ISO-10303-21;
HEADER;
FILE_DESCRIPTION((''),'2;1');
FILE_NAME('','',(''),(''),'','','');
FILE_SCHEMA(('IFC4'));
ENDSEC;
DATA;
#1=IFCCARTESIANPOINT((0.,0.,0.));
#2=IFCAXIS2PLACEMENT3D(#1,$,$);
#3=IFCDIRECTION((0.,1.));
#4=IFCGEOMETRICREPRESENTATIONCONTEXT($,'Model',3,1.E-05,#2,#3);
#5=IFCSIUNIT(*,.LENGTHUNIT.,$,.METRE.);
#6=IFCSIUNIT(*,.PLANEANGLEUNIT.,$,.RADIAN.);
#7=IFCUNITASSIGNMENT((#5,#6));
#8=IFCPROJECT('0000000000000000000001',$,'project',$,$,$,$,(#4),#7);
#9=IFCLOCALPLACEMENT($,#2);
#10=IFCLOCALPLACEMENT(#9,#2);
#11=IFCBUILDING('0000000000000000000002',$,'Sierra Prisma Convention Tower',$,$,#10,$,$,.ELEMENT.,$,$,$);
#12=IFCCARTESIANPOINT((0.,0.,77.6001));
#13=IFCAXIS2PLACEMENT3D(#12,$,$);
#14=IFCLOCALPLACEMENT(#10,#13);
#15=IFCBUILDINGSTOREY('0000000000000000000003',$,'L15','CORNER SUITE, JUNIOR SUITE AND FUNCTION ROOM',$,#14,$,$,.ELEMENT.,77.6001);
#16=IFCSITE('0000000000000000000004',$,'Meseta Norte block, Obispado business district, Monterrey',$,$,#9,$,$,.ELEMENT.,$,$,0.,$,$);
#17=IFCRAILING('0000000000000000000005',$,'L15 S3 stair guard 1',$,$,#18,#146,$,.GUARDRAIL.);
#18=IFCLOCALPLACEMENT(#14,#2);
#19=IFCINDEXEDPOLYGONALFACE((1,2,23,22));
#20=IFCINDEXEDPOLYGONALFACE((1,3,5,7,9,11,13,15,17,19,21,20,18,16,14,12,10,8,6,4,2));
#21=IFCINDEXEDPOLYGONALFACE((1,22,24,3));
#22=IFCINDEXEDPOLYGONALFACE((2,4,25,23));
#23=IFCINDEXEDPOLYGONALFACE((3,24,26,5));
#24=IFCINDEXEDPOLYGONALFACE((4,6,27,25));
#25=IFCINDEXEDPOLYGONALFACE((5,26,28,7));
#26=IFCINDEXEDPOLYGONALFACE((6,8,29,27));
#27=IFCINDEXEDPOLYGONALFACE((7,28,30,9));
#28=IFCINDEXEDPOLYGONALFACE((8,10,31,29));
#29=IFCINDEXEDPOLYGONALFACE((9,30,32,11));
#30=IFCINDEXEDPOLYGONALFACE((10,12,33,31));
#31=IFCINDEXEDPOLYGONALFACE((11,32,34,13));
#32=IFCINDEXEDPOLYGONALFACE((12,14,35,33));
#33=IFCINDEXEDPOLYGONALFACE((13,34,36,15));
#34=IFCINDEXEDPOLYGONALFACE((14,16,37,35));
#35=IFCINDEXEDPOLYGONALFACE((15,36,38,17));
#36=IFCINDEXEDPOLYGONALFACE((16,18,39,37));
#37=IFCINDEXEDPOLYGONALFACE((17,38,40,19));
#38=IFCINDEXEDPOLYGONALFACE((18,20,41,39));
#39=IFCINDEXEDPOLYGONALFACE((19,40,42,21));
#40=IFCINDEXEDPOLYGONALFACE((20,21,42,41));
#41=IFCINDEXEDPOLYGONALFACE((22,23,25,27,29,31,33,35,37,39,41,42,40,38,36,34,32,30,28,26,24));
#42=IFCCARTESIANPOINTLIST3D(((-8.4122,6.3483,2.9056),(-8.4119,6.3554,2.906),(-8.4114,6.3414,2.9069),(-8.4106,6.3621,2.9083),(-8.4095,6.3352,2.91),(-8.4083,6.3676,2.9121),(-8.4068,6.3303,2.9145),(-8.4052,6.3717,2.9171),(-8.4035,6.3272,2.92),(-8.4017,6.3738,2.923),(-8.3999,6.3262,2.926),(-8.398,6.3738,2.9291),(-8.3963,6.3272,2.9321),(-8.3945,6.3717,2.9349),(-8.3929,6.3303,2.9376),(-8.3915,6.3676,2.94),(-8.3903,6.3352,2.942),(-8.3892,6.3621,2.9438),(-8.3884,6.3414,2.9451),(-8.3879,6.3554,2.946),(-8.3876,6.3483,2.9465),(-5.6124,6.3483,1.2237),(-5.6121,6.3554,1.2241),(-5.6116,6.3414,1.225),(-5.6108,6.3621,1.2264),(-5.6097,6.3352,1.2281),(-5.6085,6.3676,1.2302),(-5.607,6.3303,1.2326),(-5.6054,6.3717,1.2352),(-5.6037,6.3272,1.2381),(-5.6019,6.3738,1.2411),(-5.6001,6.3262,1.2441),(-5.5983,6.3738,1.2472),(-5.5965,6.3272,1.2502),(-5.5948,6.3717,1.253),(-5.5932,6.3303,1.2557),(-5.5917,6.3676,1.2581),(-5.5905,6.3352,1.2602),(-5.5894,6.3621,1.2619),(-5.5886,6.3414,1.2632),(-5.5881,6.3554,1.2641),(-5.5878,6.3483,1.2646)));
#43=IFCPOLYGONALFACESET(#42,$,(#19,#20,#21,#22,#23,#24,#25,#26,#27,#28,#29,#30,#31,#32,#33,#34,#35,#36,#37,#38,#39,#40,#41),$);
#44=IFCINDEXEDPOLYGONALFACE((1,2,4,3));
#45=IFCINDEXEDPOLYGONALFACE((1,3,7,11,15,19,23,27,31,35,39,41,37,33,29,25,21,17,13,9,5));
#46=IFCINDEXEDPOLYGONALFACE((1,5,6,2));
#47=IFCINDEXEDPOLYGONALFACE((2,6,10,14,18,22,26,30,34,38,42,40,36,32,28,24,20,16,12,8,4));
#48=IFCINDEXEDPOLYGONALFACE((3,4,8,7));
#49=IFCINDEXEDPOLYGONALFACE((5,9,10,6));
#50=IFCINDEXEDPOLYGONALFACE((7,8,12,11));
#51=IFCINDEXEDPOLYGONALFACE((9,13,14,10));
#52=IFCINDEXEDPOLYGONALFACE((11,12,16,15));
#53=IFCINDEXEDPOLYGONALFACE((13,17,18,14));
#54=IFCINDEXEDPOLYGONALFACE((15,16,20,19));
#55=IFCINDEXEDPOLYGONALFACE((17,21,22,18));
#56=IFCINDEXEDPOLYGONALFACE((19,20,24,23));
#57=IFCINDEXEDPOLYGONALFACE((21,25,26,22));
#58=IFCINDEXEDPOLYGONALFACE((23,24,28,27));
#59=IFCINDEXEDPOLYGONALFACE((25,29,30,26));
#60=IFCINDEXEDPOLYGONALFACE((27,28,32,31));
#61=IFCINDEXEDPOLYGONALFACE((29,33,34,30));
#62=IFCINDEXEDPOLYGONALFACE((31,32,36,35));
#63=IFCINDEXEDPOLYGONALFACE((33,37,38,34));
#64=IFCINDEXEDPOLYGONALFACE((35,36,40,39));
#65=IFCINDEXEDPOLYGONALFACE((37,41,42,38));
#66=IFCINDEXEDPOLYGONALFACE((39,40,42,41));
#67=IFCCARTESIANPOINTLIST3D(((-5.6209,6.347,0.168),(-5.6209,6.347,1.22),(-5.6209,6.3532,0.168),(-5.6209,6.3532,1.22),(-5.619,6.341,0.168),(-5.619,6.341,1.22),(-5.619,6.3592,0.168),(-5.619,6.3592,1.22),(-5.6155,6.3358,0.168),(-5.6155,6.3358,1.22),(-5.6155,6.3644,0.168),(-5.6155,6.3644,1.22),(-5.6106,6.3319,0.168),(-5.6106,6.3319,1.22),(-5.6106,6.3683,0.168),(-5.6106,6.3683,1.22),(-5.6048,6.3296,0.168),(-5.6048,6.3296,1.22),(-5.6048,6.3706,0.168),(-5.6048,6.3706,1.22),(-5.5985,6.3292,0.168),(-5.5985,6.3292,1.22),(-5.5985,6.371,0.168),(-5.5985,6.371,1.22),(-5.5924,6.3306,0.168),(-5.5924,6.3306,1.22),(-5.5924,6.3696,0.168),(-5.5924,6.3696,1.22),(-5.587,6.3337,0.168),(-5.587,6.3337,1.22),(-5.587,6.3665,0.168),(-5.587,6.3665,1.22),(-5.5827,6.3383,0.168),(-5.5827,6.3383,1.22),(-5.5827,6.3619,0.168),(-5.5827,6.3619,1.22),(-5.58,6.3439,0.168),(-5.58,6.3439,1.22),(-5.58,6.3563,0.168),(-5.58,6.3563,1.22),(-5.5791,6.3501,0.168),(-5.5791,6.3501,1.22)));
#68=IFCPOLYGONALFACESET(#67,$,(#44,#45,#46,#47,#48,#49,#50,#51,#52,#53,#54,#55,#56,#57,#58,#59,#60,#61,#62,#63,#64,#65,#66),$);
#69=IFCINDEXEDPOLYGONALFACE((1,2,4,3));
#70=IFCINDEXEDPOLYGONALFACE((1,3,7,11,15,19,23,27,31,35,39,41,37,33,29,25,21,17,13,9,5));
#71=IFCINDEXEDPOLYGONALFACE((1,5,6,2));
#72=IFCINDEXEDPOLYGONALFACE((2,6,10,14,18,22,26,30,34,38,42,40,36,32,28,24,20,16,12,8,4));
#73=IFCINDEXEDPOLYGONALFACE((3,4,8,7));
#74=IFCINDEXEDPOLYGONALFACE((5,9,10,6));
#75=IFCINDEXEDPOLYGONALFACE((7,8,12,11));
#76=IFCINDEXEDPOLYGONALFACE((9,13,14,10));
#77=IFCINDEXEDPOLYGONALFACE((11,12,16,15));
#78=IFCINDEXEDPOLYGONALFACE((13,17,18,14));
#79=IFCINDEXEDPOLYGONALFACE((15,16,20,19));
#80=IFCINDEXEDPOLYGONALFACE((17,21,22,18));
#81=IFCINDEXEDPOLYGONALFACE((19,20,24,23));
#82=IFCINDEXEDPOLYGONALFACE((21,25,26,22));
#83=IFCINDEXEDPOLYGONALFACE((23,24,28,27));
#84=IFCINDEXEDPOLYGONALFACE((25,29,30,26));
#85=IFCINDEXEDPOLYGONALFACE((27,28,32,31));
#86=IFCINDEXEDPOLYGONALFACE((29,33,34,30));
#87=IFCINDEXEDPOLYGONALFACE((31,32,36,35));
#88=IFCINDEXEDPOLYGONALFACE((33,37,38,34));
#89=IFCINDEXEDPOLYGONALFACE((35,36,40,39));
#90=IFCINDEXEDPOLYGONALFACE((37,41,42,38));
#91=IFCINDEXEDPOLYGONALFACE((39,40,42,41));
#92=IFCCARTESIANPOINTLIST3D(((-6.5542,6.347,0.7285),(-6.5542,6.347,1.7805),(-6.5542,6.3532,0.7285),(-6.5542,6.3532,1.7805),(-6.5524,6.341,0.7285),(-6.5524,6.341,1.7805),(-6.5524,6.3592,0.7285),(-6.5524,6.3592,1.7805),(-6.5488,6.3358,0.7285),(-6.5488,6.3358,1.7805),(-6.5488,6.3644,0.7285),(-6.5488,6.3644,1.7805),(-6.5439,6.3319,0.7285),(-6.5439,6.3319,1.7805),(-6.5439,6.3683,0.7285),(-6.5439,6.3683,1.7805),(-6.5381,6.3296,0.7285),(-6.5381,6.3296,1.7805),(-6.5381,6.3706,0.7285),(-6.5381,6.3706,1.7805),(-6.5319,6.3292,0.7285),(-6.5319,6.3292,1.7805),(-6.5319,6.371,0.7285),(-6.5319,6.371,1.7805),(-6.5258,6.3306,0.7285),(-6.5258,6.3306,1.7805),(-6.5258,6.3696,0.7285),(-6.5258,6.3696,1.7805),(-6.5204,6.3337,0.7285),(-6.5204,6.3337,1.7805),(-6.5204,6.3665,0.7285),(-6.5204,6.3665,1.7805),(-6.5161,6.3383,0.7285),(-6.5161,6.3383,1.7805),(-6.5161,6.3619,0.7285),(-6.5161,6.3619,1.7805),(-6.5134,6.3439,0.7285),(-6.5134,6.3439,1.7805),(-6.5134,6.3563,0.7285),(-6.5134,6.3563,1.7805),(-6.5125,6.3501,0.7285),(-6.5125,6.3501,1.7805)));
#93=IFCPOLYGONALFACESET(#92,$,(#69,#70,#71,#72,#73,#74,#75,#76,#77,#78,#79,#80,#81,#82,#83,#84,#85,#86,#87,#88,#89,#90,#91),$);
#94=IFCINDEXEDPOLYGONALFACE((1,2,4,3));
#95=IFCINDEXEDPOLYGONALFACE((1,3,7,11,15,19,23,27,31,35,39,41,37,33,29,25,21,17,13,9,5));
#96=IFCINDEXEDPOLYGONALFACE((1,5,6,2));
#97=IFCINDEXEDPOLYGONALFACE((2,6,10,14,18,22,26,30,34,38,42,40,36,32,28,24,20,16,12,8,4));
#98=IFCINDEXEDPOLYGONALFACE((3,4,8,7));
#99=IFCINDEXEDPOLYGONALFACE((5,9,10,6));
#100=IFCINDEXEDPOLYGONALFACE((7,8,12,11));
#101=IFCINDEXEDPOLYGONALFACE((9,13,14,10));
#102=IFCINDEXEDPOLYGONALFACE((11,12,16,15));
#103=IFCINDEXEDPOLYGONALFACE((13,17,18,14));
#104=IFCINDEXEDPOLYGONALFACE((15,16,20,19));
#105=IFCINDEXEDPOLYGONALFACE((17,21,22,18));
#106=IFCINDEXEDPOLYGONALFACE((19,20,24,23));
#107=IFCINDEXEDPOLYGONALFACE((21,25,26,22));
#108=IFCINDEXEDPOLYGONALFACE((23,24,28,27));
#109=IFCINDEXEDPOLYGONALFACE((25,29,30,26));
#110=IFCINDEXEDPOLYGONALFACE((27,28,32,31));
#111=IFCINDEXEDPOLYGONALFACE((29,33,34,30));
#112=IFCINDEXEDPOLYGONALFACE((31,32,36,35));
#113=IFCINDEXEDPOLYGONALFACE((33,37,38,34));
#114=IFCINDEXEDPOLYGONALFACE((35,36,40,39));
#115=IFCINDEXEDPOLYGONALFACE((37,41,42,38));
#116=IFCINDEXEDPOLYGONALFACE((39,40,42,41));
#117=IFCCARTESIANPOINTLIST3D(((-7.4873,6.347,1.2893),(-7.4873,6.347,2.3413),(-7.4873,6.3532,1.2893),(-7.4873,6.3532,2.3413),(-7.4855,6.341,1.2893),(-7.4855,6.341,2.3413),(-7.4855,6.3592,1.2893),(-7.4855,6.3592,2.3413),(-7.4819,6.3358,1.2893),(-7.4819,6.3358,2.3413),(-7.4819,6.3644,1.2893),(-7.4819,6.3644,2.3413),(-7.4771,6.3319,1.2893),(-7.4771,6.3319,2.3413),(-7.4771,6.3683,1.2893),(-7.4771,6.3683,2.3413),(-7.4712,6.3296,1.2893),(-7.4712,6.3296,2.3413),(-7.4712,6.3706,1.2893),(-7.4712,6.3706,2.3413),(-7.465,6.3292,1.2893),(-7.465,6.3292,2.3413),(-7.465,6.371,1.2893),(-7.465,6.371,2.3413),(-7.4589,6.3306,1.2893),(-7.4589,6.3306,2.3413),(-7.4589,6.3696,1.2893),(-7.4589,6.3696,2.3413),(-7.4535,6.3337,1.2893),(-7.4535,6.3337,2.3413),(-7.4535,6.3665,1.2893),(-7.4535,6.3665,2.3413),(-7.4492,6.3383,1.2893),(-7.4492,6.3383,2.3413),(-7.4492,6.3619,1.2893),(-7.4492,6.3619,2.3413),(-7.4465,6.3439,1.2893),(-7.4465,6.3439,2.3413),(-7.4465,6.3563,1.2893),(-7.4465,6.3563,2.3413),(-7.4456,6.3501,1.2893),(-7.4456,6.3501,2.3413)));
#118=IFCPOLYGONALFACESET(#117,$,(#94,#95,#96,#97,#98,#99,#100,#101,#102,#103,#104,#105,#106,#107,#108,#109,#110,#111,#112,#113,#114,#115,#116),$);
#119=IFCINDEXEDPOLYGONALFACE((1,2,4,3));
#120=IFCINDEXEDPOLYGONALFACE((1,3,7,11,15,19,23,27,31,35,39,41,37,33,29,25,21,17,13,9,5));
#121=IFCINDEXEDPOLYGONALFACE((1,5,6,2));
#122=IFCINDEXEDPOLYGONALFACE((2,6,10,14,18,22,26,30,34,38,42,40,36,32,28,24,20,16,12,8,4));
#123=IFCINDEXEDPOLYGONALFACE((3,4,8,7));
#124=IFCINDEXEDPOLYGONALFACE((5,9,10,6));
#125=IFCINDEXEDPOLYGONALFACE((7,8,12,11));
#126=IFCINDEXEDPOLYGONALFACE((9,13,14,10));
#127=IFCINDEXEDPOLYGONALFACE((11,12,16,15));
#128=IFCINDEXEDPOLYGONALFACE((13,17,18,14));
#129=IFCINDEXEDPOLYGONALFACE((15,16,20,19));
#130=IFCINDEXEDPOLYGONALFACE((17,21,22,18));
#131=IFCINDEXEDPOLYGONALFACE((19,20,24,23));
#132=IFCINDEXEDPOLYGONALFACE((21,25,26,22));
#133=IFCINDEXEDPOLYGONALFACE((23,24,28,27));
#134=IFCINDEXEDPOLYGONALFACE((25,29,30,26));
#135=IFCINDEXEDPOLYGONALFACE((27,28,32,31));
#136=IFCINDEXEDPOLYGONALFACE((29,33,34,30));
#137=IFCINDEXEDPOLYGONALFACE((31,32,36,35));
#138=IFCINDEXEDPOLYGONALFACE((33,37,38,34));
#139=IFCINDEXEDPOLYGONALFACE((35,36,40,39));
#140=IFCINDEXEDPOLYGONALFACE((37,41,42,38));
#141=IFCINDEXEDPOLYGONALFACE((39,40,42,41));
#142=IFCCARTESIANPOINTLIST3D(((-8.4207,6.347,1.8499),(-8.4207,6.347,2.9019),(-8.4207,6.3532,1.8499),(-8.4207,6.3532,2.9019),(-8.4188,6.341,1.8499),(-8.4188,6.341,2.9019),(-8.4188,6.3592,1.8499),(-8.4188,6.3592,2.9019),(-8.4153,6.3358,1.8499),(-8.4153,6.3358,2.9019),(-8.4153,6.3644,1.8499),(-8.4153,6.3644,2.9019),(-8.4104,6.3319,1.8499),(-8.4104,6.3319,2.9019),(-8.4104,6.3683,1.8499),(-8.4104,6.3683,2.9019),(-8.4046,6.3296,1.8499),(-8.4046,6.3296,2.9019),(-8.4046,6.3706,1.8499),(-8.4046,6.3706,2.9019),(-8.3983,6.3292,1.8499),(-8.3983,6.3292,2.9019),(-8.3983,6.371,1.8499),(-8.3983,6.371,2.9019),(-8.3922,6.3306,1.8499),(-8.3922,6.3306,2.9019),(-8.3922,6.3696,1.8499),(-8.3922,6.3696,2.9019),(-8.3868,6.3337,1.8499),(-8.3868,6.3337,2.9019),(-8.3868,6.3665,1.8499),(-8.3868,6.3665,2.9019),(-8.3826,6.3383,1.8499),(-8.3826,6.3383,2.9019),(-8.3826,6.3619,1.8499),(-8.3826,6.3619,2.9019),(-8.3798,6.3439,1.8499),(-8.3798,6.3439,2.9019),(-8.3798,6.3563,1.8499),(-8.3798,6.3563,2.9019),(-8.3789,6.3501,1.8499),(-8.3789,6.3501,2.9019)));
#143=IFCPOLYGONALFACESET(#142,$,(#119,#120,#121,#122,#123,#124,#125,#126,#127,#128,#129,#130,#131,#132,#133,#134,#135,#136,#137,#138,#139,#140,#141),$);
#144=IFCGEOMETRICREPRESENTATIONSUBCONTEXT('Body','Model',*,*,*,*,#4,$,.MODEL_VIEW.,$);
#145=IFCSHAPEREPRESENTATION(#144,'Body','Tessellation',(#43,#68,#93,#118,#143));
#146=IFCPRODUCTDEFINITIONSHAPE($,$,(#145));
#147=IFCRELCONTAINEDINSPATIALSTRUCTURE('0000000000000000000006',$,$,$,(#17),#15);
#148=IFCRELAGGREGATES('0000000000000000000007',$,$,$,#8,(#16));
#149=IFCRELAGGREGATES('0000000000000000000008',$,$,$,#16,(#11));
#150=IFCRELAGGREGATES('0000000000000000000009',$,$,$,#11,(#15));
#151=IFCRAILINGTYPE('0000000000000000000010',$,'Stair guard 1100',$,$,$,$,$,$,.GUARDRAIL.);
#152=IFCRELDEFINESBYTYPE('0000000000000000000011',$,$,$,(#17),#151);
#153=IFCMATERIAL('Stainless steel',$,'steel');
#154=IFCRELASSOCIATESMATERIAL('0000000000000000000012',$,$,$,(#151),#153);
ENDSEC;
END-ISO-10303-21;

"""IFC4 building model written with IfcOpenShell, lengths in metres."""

from ifc_helpers import new_model, si_unit, direction, frame, origin, origin_2d, place, context, subcontext, project, spatial, circle, extrude, material, type_object, element, save


model = new_model("IFC4")

# Units and contexts
model_context = context("Model", 3, precision=1e-05, world=origin(), true_north=direction((0.0, 1.0)))
body_context = subcontext(model_context, "Body", "Model", "MODEL_VIEW")
ifc_project = project(units=[si_unit("LENGTHUNIT", "METRE"), si_unit("PLANEANGLEUNIT", "RADIAN")], contexts=[model_context])

# Site, building, storey
site_placement = place(None, origin())
site = spatial("IfcSite", under=ifc_project, at=site_placement, Name="Meseta Norte block, Obispado business district, Monterrey", CompositionType="ELEMENT", RefElevation=0.0)
building_placement = place(site_placement, origin())
building = spatial("IfcBuilding", under=site, at=building_placement, Name="Sierra Prisma Convention Tower", CompositionType="ELEMENT")
storey_placement = place(building_placement, frame((0.0, 0.0, 77.6001)))
storey = spatial("IfcBuildingStorey", under=building, at=storey_placement, Name="L15", Description="CORNER SUITE, JUNIOR SUITE AND FUNCTION ROOM", CompositionType="ELEMENT", Elevation=77.6001)

# Railing
ifc_material_1 = material(Name="Stainless steel", Category="steel")
railing_type_1 = type_object("IfcRailingType", Name="Stair guard 1100", PredefinedType="GUARDRAIL", material=ifc_material_1)
railing_1_placement = place(storey_placement, frame((-5.6001, 6.3501, 0.168)))
element("IfcRailing", 1, at=railing_1_placement, inside=storey, type_object=railing_type_1, Name="L15 S3 stair guard 1", PredefinedType="GUARDRAIL", context=body_context, shape_type="SweptSolid", body=[
    extrude(circle(Radius=0.0239, at=origin_2d()), frame((0.0, 0.0, 1.0762), z_axis=(-0.857222, 0.0, 0.514946), x_axis=(0.0, -1.0, 0.0)), (0.0, 0.0, 1.0), 3.2661),
    extrude(circle(Radius=0.021, at=origin_2d()), origin(), (0.0, 0.0, 1.0), 1.052),
    extrude(circle(Radius=0.021, at=origin_2d()), frame((-0.9333, 0.0, 0.5605)), (0.0, 0.0, 1.0), 1.052),
    extrude(circle(Radius=0.021, at=origin_2d()), frame((-1.8665, 0.0, 1.1213)), (0.0, 0.0, 1.0), 1.052),
    extrude(circle(Radius=0.021, at=origin_2d()), frame((-2.7998, 0.0, 1.6819)), (0.0, 0.0, 1.0), 1.052),
])

save(model, "model.ifc")
